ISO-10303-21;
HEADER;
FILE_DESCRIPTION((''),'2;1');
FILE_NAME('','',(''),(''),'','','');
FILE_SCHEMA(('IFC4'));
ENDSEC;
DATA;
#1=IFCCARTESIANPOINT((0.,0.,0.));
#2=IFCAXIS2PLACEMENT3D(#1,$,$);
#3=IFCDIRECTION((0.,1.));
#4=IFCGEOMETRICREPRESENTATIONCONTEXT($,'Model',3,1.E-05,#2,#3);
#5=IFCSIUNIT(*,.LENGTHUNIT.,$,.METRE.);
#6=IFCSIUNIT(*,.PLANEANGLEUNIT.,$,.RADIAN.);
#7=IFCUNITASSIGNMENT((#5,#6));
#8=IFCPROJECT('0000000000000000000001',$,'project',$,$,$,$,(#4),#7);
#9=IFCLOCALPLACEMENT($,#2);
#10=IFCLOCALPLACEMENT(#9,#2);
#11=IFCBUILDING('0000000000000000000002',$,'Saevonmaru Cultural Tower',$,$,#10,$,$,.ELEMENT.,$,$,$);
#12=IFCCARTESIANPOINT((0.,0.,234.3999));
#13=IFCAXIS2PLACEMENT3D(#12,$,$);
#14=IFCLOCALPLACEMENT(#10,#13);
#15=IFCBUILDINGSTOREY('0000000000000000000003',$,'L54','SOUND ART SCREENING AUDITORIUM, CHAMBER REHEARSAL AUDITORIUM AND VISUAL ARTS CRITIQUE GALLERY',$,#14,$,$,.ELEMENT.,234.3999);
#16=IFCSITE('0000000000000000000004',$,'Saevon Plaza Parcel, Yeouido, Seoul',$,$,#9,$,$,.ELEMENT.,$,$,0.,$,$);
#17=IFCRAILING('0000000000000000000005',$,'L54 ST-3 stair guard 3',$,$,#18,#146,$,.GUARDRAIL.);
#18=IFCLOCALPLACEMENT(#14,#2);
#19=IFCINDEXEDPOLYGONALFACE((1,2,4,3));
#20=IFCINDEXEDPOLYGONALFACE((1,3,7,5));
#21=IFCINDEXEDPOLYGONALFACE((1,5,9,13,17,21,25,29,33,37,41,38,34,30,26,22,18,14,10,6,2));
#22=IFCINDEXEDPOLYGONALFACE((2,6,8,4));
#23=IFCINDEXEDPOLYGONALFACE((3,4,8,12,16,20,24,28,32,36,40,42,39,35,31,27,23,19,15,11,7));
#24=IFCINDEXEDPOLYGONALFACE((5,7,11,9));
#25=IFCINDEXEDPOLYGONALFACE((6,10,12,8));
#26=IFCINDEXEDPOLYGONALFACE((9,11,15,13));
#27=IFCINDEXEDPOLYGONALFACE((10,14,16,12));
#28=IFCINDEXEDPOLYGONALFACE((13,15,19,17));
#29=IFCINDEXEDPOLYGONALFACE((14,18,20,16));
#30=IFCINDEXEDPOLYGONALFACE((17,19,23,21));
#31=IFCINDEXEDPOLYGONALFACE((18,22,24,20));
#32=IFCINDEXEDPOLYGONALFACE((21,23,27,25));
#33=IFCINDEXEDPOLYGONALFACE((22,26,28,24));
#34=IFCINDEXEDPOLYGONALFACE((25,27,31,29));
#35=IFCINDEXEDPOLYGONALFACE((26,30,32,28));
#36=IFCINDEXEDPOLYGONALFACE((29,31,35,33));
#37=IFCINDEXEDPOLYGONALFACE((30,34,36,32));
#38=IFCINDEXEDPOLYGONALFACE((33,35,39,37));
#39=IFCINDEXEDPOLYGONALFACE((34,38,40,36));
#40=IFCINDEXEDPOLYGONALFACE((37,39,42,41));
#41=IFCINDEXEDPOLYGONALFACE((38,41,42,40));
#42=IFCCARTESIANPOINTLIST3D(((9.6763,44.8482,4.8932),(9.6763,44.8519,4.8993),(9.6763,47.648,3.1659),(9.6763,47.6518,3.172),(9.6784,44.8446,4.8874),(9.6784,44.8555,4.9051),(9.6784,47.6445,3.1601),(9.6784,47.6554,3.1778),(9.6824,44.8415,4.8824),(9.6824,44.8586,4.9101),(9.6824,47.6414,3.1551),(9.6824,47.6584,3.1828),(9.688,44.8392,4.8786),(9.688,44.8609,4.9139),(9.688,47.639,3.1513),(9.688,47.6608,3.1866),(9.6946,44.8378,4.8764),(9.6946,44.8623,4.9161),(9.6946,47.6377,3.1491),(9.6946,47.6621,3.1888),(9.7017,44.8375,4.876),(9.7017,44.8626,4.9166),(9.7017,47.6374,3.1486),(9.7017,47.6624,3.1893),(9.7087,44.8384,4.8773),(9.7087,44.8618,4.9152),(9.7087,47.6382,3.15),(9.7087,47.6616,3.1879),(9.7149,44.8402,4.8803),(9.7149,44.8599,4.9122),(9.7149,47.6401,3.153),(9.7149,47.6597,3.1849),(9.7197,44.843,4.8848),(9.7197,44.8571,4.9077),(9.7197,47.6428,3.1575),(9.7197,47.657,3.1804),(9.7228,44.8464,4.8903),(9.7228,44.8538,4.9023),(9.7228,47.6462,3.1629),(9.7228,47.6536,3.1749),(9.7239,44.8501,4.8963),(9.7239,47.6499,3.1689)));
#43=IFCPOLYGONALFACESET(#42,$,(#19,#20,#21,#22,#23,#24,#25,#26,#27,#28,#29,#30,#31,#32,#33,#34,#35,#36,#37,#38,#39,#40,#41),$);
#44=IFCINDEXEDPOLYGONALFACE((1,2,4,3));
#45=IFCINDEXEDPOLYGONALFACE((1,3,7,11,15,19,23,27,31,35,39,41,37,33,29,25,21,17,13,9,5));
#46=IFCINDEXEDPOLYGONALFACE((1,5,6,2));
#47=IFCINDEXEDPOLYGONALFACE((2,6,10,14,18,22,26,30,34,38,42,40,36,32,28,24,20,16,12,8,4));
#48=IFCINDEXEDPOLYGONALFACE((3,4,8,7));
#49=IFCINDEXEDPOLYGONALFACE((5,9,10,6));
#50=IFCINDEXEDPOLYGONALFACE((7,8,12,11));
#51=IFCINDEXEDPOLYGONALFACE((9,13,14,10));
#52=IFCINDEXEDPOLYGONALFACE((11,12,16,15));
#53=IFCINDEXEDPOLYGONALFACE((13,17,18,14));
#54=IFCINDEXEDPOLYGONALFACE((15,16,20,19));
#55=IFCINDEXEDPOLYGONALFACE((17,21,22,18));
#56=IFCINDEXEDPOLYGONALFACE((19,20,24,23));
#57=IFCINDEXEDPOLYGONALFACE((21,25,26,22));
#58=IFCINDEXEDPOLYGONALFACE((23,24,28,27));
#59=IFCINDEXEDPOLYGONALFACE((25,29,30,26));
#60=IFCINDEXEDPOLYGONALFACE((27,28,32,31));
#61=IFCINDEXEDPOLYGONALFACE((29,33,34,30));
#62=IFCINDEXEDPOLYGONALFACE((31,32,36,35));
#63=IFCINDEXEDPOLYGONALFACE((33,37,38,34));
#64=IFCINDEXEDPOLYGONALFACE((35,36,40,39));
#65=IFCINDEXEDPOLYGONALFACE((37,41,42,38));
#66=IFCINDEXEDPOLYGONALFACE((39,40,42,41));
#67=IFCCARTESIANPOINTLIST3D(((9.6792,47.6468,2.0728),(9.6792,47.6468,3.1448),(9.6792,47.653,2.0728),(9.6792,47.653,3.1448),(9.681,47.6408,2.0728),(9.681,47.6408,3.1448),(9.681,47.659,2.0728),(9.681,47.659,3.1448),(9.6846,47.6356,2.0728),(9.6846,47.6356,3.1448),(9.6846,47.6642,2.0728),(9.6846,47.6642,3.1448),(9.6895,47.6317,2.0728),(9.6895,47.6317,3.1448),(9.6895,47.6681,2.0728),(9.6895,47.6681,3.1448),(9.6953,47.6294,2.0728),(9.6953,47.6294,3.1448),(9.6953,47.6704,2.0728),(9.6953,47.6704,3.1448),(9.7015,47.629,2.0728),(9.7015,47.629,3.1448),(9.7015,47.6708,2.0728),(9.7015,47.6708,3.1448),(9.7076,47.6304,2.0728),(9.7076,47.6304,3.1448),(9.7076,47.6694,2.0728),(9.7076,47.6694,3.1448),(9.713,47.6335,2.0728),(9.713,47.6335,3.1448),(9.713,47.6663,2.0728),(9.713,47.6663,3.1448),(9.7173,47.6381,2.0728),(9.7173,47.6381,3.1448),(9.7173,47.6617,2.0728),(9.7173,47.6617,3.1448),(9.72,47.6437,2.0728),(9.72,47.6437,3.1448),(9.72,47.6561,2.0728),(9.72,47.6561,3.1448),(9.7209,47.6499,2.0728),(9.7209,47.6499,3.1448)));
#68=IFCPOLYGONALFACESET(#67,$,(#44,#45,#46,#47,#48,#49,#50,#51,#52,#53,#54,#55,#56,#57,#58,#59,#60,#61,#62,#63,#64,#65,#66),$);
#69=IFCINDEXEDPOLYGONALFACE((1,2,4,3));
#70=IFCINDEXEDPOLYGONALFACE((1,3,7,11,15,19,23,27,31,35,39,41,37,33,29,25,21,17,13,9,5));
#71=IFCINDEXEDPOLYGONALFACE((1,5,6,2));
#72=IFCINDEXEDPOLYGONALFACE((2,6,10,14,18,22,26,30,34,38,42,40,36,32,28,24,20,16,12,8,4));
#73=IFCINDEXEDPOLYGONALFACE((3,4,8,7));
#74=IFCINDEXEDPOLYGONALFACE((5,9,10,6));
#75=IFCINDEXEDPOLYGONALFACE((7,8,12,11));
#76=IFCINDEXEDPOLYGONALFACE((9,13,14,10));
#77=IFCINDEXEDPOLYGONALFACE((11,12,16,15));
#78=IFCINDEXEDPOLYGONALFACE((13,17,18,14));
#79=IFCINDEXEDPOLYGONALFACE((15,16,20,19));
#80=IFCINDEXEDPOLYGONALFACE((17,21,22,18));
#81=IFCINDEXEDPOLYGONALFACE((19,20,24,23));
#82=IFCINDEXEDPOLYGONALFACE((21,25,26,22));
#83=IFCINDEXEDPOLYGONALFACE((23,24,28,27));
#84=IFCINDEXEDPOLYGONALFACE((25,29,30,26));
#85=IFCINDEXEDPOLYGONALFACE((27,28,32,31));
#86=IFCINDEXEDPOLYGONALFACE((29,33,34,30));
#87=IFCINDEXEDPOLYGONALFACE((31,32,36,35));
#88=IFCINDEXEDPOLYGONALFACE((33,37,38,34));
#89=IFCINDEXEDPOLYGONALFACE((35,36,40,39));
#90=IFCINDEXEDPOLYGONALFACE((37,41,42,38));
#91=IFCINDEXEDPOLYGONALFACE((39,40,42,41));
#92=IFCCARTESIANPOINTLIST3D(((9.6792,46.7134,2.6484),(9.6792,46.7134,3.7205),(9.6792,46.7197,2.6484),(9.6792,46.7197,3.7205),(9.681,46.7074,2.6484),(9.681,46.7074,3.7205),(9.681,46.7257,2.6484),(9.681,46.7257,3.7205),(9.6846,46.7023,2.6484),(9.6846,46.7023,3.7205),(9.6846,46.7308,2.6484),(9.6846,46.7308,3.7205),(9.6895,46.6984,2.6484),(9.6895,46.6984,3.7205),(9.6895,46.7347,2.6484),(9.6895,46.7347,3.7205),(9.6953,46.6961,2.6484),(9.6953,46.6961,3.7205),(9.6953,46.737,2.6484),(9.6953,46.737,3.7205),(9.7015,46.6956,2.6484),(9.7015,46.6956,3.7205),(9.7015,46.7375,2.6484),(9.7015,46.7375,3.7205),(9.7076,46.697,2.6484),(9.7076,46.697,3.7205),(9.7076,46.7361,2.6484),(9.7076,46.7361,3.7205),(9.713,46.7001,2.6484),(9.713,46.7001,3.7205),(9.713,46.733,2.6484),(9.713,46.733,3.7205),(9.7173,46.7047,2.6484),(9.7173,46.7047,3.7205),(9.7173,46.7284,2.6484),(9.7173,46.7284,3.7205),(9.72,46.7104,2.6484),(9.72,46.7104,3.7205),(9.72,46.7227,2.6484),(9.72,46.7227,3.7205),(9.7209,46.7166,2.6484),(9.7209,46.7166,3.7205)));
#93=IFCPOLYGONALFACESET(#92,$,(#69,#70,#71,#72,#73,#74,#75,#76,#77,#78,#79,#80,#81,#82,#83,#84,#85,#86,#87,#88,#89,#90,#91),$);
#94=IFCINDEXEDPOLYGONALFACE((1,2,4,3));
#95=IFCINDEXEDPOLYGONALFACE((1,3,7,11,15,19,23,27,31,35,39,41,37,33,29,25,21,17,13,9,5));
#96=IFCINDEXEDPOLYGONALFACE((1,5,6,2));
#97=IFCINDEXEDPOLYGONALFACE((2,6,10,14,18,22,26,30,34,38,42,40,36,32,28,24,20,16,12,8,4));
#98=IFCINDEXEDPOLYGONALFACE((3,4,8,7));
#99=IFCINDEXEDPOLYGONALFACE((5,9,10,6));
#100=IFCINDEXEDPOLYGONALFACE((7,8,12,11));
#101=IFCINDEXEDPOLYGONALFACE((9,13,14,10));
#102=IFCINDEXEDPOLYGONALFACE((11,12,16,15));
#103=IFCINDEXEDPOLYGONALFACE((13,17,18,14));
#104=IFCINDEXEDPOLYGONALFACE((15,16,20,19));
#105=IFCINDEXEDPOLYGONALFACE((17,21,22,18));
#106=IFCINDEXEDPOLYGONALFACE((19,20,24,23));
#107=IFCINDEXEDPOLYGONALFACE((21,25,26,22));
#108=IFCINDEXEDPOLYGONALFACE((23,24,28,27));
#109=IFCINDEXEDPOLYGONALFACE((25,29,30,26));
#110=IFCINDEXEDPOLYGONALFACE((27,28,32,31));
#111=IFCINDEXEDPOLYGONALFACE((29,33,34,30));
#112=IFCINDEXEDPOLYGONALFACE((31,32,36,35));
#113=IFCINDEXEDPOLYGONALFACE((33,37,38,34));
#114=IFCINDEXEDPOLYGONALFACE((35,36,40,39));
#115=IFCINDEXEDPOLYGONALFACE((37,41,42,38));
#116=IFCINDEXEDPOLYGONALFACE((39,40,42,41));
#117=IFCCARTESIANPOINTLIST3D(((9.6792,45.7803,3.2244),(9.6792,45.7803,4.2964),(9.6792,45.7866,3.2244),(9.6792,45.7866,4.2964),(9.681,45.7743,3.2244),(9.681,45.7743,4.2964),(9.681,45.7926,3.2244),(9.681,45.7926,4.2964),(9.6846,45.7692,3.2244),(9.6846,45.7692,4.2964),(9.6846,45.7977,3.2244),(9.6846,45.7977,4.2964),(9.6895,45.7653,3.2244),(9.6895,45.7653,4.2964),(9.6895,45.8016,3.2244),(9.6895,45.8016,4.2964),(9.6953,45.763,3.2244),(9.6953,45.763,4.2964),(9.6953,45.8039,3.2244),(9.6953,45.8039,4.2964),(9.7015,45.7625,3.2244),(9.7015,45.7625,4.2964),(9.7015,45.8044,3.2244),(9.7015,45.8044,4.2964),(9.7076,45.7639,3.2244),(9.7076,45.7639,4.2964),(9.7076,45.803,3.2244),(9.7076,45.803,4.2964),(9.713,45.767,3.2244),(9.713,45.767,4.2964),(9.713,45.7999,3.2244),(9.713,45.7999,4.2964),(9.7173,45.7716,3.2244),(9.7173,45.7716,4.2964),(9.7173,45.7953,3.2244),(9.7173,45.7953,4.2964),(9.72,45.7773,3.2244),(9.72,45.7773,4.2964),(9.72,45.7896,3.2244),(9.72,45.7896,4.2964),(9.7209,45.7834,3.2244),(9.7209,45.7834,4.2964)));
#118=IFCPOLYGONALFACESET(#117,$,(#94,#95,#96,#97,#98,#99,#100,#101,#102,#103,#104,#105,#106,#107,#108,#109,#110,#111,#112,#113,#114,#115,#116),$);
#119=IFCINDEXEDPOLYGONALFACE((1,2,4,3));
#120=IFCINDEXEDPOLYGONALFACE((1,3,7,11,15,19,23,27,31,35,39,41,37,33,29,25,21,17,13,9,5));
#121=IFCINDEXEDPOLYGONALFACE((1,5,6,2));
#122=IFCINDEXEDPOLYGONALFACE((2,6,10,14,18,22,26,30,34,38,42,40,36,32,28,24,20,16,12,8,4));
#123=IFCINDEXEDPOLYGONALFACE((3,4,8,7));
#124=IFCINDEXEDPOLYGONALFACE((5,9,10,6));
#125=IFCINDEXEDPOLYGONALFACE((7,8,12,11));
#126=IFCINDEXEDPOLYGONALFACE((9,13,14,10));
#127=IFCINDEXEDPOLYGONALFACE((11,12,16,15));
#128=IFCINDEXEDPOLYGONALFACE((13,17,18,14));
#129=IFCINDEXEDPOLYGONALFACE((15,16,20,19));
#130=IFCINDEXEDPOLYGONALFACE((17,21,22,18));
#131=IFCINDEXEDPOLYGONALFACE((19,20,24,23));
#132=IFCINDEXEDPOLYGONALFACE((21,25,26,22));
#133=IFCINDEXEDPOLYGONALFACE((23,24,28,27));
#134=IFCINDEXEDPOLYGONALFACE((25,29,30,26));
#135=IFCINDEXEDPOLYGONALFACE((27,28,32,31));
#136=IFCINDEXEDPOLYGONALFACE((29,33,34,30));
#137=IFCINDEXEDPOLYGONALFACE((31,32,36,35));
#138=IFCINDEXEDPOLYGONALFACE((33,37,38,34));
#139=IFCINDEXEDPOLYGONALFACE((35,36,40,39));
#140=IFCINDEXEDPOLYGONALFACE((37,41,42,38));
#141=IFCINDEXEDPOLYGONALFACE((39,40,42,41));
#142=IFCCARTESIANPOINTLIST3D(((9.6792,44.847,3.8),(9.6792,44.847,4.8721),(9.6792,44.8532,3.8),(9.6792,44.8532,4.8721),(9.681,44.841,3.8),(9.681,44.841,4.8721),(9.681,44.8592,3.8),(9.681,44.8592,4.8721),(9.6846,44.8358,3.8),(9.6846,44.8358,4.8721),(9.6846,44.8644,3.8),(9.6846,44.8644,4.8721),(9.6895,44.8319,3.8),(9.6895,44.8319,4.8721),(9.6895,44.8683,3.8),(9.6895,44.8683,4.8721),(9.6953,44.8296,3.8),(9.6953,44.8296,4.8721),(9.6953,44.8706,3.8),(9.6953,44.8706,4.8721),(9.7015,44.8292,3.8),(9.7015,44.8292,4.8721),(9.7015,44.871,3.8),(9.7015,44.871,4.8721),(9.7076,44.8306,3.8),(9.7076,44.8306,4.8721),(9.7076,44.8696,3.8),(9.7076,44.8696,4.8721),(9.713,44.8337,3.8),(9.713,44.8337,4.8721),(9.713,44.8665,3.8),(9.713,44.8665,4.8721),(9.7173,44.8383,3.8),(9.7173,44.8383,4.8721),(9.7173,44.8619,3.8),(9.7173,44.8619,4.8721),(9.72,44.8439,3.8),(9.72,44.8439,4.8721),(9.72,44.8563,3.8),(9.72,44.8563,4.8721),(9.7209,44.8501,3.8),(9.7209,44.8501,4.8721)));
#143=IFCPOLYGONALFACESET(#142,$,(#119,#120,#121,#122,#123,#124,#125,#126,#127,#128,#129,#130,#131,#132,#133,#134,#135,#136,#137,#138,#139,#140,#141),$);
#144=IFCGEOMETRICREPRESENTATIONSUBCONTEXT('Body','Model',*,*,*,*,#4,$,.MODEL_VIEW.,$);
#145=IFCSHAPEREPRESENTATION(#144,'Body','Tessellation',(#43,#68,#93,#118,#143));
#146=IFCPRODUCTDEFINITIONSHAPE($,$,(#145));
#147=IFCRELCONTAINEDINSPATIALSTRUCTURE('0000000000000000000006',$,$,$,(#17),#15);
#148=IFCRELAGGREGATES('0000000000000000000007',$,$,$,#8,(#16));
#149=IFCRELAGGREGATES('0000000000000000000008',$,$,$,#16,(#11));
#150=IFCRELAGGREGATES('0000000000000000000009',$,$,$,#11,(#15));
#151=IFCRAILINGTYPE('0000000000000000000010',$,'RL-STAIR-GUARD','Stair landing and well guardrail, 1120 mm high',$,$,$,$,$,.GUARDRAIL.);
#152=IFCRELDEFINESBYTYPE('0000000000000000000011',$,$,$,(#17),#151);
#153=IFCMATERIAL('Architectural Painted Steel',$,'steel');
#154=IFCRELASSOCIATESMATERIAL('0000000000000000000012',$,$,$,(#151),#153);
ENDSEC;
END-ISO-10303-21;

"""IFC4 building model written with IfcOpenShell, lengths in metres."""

from ifc_helpers import new_model, si_unit, direction, frame, origin, origin_2d, place, context, subcontext, project, spatial, circle, extrude, material, type_object, element, save


model = new_model("IFC4")

# Units and contexts
model_context = context("Model", 3, precision=1e-05, world=origin(), true_north=direction((0.0, 1.0)))
body_context = subcontext(model_context, "Body", "Model", "MODEL_VIEW")
ifc_project = project(units=[si_unit("LENGTHUNIT", "METRE"), si_unit("PLANEANGLEUNIT", "RADIAN")], contexts=[model_context])

# Site, building, storey
site_placement = place(None, origin())
site = spatial("IfcSite", under=ifc_project, at=site_placement, Name="Saevon Plaza Parcel, Yeouido, Seoul", CompositionType="ELEMENT", RefElevation=0.0)
building_placement = place(site_placement, origin())
building = spatial("IfcBuilding", under=site, at=building_placement, Name="Saevonmaru Cultural Tower", CompositionType="ELEMENT")
storey_placement = place(building_placement, frame((0.0, 0.0, 234.3999)))
storey = spatial("IfcBuildingStorey", under=building, at=storey_placement, Name="L54", Description="SOUND ART SCREENING AUDITORIUM, CHAMBER REHEARSAL AUDITORIUM AND VISUAL ARTS CRITIQUE GALLERY", CompositionType="ELEMENT", Elevation=234.3999)

# Railing
ifc_material_1 = material(Name="Architectural Painted Steel", Category="steel")
railing_type_1 = type_object("IfcRailingType", Name="RL-STAIR-GUARD", Description="Stair landing and well guardrail, 1120 mm high", PredefinedType="GUARDRAIL", material=ifc_material_1)
railing_1_placement = place(storey_placement, frame((9.7, 47.6499, 2.0728)))
element("IfcRailing", 1, at=railing_1_placement, inside=storey, type_object=railing_type_1, Name="L54 ST-3 stair guard 3", PredefinedType="GUARDRAIL", context=body_context, shape_type="SweptSolid", body=[
    extrude(circle(Radius=0.0239, at=origin_2d()), frame((0.0, 0.0, 1.0962), z_axis=(0.0, -0.851069, 0.525054), x_axis=(1.0, 0.0, 0.0)), (0.0, 0.0, 1.0), 3.2898),
    extrude(circle(Radius=0.021, at=origin_2d()), origin(), (0.0, 0.0, 1.0), 1.072),
    extrude(circle(Radius=0.021, at=origin_2d()), frame((0.0, -0.9333, 0.5757)), (0.0, 0.0, 1.0), 1.072),
    extrude(circle(Radius=0.021, at=origin_2d()), frame((0.0, -1.8665, 1.1516)), (0.0, 0.0, 1.0), 1.072),
    extrude(circle(Radius=0.021, at=origin_2d()), frame((0.0, -2.7998, 1.7273)), (0.0, 0.0, 1.0), 1.072),
])

save(model, "model.ifc")
